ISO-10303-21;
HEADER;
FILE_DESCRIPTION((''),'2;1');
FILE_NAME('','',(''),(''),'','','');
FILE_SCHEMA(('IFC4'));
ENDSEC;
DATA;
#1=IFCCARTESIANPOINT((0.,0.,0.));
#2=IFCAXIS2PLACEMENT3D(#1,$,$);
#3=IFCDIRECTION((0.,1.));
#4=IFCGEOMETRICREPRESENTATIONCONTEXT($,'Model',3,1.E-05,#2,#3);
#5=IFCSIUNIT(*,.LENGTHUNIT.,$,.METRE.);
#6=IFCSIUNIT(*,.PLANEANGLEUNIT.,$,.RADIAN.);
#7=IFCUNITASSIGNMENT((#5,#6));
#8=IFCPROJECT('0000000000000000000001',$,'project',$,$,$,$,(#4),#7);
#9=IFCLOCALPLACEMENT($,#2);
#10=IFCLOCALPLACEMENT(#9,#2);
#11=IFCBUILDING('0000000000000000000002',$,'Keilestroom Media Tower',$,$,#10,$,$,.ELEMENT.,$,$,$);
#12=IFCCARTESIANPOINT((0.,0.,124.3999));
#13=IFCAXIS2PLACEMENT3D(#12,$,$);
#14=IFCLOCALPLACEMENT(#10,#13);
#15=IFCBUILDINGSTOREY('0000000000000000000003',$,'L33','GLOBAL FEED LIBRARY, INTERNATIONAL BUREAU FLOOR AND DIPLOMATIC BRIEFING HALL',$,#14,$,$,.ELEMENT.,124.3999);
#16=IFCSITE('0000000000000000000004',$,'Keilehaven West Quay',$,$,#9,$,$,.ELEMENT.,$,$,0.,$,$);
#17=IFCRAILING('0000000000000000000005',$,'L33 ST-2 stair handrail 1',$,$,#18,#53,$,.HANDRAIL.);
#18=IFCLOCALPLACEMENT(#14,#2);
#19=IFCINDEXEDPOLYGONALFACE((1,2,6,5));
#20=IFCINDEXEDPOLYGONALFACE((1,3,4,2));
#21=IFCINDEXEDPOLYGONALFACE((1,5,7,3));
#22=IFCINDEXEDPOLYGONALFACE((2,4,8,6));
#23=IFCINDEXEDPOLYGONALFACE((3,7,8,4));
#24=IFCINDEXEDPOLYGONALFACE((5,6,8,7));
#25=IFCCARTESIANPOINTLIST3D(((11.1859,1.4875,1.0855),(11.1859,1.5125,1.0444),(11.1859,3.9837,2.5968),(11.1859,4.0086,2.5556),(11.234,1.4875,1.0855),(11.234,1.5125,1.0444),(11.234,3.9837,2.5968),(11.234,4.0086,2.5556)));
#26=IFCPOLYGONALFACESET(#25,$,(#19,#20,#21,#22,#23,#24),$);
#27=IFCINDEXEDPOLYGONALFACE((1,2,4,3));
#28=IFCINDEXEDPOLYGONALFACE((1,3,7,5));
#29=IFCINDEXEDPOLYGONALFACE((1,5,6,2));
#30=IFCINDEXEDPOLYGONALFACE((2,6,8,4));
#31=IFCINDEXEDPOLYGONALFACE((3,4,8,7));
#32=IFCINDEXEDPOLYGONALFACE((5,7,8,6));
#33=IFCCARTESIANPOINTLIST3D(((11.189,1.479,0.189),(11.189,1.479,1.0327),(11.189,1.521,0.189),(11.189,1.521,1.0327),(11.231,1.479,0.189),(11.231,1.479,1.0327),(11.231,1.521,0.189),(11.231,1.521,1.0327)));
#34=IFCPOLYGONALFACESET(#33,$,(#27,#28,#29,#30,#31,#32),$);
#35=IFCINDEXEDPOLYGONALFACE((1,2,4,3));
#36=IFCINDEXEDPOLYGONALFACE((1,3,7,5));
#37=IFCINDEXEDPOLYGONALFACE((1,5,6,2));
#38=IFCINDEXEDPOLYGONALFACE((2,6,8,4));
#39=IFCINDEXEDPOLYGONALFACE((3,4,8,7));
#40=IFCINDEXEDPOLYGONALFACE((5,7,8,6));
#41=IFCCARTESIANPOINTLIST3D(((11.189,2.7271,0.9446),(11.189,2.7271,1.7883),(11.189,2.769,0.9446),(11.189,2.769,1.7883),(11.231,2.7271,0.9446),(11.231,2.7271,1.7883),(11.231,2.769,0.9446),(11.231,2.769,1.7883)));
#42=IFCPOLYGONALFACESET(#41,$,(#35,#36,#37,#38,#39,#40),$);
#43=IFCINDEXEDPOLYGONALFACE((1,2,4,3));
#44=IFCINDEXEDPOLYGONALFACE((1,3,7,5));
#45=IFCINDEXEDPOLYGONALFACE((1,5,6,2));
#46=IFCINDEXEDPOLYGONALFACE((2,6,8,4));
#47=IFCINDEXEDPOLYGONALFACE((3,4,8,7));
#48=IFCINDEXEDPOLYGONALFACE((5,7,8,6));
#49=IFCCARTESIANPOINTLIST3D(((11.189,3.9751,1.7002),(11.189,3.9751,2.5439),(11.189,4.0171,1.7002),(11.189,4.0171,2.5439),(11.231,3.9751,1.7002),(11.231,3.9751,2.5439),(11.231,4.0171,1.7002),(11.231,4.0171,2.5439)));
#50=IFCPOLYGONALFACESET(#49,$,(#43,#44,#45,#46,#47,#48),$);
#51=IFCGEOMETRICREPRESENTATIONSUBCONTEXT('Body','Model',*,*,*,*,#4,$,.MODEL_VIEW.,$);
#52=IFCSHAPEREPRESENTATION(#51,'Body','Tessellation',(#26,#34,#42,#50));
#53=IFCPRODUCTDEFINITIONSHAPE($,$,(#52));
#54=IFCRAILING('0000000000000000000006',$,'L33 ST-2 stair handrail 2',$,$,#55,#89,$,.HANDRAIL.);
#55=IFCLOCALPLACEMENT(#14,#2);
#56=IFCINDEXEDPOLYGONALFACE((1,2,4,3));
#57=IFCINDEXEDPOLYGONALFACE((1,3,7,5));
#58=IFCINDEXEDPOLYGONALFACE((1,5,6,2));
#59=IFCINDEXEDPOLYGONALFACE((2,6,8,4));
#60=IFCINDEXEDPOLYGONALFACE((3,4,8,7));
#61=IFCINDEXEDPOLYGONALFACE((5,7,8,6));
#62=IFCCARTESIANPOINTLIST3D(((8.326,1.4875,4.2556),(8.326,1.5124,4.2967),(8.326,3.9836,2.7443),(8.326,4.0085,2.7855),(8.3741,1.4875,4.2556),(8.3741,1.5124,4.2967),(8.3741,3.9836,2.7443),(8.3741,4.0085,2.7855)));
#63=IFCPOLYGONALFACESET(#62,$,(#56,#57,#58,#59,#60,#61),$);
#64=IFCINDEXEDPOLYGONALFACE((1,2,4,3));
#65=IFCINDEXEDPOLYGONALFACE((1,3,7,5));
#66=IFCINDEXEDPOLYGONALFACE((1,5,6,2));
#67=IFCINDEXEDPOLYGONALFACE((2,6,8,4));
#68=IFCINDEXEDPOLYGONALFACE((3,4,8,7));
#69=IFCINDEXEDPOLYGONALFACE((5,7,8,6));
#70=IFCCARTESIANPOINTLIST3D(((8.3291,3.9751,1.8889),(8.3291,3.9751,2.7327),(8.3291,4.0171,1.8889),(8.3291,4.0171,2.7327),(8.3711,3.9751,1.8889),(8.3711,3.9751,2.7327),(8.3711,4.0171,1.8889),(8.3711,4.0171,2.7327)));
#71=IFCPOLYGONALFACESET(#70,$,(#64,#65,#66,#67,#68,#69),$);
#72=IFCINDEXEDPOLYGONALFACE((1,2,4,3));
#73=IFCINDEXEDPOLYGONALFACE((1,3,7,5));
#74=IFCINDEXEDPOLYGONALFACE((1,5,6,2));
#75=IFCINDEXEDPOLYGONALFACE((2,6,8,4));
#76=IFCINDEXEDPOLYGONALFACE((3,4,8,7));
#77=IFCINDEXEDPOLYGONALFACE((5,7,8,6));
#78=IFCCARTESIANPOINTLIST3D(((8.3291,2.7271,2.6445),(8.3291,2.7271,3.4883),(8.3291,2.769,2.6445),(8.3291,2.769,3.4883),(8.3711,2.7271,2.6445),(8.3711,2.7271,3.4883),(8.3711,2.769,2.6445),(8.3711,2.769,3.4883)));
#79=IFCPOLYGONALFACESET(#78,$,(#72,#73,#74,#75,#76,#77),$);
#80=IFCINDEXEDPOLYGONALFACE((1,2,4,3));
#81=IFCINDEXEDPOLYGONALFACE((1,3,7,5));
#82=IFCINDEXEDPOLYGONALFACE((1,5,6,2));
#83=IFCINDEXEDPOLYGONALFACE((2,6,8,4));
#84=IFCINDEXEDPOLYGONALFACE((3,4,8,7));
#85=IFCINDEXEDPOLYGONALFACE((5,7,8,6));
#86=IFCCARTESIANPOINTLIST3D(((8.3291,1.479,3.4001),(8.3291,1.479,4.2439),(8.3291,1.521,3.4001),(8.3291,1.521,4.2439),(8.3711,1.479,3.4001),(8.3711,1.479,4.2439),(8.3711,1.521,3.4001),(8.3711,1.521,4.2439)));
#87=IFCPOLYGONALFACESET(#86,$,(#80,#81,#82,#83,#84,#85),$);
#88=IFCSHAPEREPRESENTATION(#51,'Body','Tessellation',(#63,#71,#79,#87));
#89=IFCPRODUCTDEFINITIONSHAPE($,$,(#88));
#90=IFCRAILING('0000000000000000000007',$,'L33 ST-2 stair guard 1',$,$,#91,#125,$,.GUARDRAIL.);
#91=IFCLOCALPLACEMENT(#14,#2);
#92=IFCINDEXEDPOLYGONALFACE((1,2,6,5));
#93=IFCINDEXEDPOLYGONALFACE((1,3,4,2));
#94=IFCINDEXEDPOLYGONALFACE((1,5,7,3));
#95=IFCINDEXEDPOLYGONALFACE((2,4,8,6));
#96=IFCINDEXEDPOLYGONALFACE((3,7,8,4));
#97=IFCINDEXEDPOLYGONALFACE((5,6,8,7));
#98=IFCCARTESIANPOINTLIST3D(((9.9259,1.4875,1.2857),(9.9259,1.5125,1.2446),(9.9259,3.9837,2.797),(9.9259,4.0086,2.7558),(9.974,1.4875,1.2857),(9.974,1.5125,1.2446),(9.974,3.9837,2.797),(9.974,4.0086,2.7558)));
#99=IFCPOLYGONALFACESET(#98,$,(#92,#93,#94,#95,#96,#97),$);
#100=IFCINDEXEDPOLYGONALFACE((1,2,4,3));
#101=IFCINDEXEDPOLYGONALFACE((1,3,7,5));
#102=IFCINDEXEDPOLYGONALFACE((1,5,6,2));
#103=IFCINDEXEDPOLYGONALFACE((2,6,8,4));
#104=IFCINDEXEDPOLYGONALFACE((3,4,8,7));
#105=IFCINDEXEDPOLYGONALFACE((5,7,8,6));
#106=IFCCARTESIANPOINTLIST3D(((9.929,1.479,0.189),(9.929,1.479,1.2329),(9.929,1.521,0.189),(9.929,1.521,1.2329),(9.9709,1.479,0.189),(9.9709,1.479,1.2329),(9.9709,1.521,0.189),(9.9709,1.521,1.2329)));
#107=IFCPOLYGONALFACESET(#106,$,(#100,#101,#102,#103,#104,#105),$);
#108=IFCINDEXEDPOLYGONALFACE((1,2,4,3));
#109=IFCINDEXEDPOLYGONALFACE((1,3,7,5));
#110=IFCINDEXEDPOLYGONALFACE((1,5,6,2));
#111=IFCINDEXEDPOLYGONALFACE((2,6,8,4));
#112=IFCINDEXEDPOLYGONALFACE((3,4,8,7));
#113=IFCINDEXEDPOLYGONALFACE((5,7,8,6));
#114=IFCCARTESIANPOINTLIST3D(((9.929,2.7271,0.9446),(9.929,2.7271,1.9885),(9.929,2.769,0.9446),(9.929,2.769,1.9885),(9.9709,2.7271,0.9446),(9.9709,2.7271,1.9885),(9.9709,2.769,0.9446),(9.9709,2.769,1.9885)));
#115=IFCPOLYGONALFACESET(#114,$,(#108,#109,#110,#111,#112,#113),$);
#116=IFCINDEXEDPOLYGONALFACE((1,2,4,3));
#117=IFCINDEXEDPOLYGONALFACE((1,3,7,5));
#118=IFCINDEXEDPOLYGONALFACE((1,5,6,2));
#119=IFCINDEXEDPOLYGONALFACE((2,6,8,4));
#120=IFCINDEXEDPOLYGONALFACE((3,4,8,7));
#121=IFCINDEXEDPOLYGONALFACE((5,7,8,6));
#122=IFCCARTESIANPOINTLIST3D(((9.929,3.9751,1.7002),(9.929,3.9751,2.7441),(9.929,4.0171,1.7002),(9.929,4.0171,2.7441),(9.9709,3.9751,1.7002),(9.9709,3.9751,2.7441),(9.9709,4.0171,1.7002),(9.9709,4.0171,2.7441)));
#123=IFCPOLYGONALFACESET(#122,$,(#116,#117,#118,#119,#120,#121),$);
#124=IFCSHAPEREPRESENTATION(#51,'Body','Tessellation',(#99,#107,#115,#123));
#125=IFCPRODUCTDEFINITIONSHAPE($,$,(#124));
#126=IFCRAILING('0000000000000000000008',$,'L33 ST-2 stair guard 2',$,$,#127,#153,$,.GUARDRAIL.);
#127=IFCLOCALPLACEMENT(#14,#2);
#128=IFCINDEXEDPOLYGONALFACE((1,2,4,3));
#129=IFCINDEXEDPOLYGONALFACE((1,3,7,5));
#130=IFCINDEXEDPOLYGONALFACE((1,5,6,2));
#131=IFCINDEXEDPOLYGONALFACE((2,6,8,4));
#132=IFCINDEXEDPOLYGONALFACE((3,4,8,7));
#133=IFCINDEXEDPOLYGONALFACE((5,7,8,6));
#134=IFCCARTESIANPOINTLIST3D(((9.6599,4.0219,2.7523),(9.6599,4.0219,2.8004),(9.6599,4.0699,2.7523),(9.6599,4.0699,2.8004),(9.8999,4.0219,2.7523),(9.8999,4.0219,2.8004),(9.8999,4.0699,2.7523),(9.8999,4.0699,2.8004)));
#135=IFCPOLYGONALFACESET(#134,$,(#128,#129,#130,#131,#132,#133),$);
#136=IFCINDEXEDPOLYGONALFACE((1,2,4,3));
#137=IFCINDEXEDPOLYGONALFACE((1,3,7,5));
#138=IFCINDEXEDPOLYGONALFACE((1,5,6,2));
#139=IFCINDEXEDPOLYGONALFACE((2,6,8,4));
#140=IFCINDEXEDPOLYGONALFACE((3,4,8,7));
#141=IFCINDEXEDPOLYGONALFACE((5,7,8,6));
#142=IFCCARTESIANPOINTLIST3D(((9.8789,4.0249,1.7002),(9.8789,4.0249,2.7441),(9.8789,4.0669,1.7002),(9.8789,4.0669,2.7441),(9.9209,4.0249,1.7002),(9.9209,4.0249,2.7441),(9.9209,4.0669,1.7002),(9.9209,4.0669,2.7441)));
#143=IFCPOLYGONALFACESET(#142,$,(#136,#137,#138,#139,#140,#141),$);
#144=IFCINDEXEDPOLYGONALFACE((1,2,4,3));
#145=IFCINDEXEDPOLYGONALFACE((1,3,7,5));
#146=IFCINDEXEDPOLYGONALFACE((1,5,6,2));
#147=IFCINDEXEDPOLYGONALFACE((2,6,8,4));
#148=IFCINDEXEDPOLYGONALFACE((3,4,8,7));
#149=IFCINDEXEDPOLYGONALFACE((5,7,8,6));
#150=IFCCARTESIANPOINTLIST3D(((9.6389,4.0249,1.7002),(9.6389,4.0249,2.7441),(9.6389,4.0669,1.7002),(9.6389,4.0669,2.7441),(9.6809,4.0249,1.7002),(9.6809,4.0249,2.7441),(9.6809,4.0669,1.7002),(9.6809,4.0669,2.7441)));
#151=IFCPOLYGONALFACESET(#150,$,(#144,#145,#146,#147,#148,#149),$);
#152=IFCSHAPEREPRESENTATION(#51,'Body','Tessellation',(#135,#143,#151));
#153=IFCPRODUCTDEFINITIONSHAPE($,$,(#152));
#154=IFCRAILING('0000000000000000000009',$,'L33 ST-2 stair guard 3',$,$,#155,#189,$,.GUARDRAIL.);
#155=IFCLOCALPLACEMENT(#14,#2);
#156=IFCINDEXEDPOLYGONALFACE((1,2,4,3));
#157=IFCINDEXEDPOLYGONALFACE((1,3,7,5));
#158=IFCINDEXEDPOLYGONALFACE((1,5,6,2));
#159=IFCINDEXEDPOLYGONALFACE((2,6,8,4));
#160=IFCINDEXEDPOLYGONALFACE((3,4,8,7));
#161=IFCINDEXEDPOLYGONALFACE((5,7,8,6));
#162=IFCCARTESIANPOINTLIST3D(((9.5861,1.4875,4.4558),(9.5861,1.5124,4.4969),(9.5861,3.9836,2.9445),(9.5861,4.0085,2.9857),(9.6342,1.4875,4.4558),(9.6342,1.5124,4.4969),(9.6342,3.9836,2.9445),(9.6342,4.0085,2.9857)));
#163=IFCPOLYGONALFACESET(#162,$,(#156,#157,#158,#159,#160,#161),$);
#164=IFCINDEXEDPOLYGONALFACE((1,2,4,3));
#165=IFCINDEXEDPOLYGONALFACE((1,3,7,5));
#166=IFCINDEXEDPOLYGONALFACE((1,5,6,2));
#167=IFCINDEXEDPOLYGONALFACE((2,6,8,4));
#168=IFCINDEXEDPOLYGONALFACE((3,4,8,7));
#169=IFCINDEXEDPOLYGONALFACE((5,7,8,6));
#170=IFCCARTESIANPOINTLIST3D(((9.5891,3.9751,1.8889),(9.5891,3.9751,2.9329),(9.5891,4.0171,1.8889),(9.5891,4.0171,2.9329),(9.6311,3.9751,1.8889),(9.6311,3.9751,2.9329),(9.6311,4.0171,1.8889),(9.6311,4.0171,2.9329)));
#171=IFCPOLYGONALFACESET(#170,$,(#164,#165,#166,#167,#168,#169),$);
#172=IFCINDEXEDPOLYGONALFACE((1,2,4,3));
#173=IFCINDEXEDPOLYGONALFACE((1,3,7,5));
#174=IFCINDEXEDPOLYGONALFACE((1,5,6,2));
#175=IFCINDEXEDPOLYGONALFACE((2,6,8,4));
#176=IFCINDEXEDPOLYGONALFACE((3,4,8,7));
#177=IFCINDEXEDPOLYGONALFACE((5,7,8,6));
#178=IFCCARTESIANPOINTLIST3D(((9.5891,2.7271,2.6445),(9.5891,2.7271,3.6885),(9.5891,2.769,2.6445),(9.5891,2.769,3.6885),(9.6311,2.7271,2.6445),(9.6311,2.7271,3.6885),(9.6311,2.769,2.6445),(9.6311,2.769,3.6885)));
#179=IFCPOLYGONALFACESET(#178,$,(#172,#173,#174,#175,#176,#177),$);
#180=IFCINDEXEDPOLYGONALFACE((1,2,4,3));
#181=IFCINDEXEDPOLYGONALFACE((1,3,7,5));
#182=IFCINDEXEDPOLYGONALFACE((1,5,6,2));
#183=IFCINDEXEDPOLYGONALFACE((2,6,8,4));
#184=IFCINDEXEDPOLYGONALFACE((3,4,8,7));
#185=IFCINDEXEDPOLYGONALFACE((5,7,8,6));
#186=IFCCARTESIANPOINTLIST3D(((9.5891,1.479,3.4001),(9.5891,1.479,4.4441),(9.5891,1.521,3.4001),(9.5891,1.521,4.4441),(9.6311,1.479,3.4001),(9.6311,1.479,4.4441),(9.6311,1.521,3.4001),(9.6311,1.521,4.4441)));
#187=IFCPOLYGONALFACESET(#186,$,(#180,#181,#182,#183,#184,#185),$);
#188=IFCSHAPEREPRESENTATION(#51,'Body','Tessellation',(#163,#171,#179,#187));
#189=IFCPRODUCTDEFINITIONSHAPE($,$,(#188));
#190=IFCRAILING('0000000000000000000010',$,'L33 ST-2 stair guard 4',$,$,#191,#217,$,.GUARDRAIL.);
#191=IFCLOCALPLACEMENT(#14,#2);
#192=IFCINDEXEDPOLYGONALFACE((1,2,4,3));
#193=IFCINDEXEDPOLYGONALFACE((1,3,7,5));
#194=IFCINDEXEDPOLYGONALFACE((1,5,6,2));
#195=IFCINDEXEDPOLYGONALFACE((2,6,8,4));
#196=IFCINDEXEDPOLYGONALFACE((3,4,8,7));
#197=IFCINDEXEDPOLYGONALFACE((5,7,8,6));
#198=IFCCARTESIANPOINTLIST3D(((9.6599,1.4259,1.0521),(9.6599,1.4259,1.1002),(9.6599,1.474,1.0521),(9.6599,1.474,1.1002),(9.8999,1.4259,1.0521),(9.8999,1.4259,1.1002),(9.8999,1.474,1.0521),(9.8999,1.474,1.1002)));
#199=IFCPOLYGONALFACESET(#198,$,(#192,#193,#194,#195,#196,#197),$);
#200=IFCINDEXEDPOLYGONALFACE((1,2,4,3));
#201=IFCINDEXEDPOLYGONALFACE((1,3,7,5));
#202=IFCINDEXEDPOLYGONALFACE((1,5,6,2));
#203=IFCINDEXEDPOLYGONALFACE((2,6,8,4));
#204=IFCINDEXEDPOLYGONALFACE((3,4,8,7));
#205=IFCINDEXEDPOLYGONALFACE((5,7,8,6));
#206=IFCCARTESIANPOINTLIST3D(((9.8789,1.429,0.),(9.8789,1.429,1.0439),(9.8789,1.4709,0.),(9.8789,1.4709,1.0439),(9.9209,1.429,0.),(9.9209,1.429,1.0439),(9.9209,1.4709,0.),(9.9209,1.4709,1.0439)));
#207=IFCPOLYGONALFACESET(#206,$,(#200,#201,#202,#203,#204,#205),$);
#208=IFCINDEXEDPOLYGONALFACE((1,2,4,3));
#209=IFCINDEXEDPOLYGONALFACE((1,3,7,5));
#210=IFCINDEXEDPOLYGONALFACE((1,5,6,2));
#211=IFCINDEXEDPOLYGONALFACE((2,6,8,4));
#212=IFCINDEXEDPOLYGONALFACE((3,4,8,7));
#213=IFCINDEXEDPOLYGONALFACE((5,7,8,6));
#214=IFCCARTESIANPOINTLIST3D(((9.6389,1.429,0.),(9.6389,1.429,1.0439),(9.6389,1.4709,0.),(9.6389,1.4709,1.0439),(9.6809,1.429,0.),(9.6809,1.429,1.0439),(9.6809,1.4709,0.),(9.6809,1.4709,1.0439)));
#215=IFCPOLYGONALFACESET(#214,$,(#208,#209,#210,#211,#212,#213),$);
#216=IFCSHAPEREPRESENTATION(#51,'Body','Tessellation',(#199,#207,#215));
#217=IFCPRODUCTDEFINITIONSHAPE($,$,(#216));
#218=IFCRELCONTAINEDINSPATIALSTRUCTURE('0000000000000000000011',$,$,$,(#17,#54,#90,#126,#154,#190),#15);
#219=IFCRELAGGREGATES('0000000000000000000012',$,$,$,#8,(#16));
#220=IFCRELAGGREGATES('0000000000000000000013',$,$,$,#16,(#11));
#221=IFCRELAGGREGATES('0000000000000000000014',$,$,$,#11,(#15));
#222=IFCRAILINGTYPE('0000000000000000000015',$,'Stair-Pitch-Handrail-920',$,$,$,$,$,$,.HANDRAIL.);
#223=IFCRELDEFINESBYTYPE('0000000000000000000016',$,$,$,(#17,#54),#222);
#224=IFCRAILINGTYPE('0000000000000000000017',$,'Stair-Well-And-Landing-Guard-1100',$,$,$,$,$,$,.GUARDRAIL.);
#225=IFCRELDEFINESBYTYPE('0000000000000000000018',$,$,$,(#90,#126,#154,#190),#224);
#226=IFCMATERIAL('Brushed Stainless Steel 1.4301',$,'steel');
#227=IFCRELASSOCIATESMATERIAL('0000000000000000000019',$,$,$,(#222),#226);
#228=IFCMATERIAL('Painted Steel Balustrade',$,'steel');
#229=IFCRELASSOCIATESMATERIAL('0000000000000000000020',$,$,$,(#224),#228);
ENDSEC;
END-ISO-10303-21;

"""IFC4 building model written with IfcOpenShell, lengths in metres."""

from ifc_helpers import new_model, si_unit, direction, frame, origin, origin_2d, place, context, subcontext, project, spatial, rectangle, extrude, material, type_object, element, save


model = new_model("IFC4")

# Units and contexts
model_context = context("Model", 3, precision=1e-05, world=origin(), true_north=direction((0.0, 1.0)))
body_context = subcontext(model_context, "Body", "Model", "MODEL_VIEW")
ifc_project = project(units=[si_unit("LENGTHUNIT", "METRE"), si_unit("PLANEANGLEUNIT", "RADIAN")], contexts=[model_context])

# Site, building, storey
site_placement = place(None, origin())
site = spatial("IfcSite", under=ifc_project, at=site_placement, Name="Keilehaven West Quay", CompositionType="ELEMENT", RefElevation=0.0)
building_placement = place(site_placement, origin())
building = spatial("IfcBuilding", under=site, at=building_placement, Name="Keilestroom Media Tower", CompositionType="ELEMENT")
storey_placement = place(building_placement, frame((0.0, 0.0, 124.3999)))
storey = spatial("IfcBuildingStorey", under=building, at=storey_placement, Name="L33", Description="GLOBAL FEED LIBRARY, INTERNATIONAL BUREAU FLOOR AND DIPLOMATIC BRIEFING HALL", CompositionType="ELEMENT", Elevation=124.3999)

# Railings
ifc_material_1 = material(Name="Brushed Stainless Steel 1.4301", Category="steel")
railing_type_1 = type_object("IfcRailingType", Name="Stair-Pitch-Handrail-920", PredefinedType="HANDRAIL", material=ifc_material_1)
railing_1_placement = place(storey_placement, frame((11.21, 1.5, 0.189)))
element("IfcRailing", 1, at=railing_1_placement, inside=storey, type_object=railing_type_1, Name="L33 ST-2 stair handrail 1", PredefinedType="HANDRAIL", context=body_context, shape_type="SweptSolid", body=[
    extrude(rectangle(XDim=0.0481, YDim=0.0481, at=origin_2d()), frame((0.0, 0.0, 0.876), z_axis=(0.0, 0.855434, 0.517912), x_axis=(-1.0, 0.0, 0.0)), (0.0, 0.0, 1.0), 2.918),
    extrude(rectangle(XDim=0.042, YDim=0.042, at=origin_2d()), origin(), (0.0, 0.0, 1.0), 0.8438),
    extrude(rectangle(XDim=0.042, YDim=0.042, at=origin_2d()), frame((0.0, 1.248, 0.7556)), (0.0, 0.0, 1.0), 0.8438),
    extrude(rectangle(XDim=0.042, YDim=0.042, at=origin_2d()), frame((0.0, 2.4961, 1.5112)), (0.0, 0.0, 1.0), 0.8438),
])
railing_2_placement = place(storey_placement, frame((8.3501, 3.9961, 1.8889)))
element("IfcRailing", 2, at=railing_2_placement, inside=storey, type_object=railing_type_1, Name="L33 ST-2 stair handrail 2", PredefinedType="HANDRAIL", context=body_context, shape_type="SweptSolid", body=[
    extrude(rectangle(XDim=0.0481, YDim=0.0481, at=origin_2d()), frame((0.0, 0.0, 0.876), z_axis=(0.0, -0.855434, 0.517912), x_axis=(1.0, 0.0, 0.0)), (0.0, 0.0, 1.0), 2.918),
    extrude(rectangle(XDim=0.042, YDim=0.042, at=origin_2d()), origin(), (0.0, 0.0, 1.0), 0.8438),
    extrude(rectangle(XDim=0.042, YDim=0.042, at=origin_2d()), frame((0.0, -1.248, 0.7556)), (0.0, 0.0, 1.0), 0.8438),
    extrude(rectangle(XDim=0.042, YDim=0.042, at=origin_2d()), frame((0.0, -2.4961, 1.5112)), (0.0, 0.0, 1.0), 0.8438),
])
ifc_material_2 = material(Name="Painted Steel Balustrade", Category="steel")
railing_type_2 = type_object("IfcRailingType", Name="Stair-Well-And-Landing-Guard-1100", PredefinedType="GUARDRAIL", material=ifc_material_2)
railing_3_placement = place(storey_placement, frame((9.95, 1.5, 0.189)))
element("IfcRailing", 3, at=railing_3_placement, inside=storey, type_object=railing_type_2, Name="L33 ST-2 stair guard 1", PredefinedType="GUARDRAIL", context=body_context, shape_type="SweptSolid", body=[
    extrude(rectangle(XDim=0.0481, YDim=0.0481, at=origin_2d()), frame((0.0, 0.0, 1.0762), z_axis=(0.0, 0.855434, 0.517912), x_axis=(-1.0, 0.0, 0.0)), (0.0, 0.0, 1.0), 2.918),
    extrude(rectangle(XDim=0.042, YDim=0.042, at=origin_2d()), origin(), (0.0, 0.0, 1.0), 1.0439),
    extrude(rectangle(XDim=0.042, YDim=0.042, at=origin_2d()), frame((0.0, 1.248, 0.7556)), (0.0, 0.0, 1.0), 1.0439),
    extrude(rectangle(XDim=0.042, YDim=0.042, at=origin_2d()), frame((0.0, 2.4961, 1.5112)), (0.0, 0.0, 1.0), 1.0439),
])
railing_4_placement = place(storey_placement, frame((9.8999, 4.0459, 1.7002)))
element("IfcRailing", 4, at=railing_4_placement, inside=storey, type_object=railing_type_2, Name="L33 ST-2 stair guard 2", PredefinedType="GUARDRAIL", context=body_context, shape_type="SweptSolid", body=[
    extrude(rectangle(XDim=0.0481, YDim=0.0481, at=origin_2d()), frame((0.0, 0.0, 1.0762), z_axis=(-1.0, 0.0, 0.0), x_axis=(0.0, -1.0, 0.0)), (0.0, 0.0, 1.0), 0.24),
    extrude(rectangle(XDim=0.042, YDim=0.042, at=origin_2d()), origin(), (0.0, 0.0, 1.0), 1.0439),
    extrude(rectangle(XDim=0.042, YDim=0.042, at=origin_2d()), frame((-0.24, 0.0, 0.0)), (0.0, 0.0, 1.0), 1.0439),
])
railing_5_placement = place(storey_placement, frame((9.6101, 3.9961, 1.8889)))
element("IfcRailing", 5, at=railing_5_placement, inside=storey, type_object=railing_type_2, Name="L33 ST-2 stair guard 3", PredefinedType="GUARDRAIL", context=body_context, shape_type="SweptSolid", body=[
    extrude(rectangle(XDim=0.0481, YDim=0.0481, at=origin_2d()), frame((0.0, 0.0, 1.0762), z_axis=(0.0, -0.855434, 0.517912), x_axis=(1.0, 0.0, 0.0)), (0.0, 0.0, 1.0), 2.918),
    extrude(rectangle(XDim=0.042, YDim=0.042, at=origin_2d()), origin(), (0.0, 0.0, 1.0), 1.0439),
    extrude(rectangle(XDim=0.042, YDim=0.042, at=origin_2d()), frame((0.0, -1.248, 0.7556)), (0.0, 0.0, 1.0), 1.0439),
    extrude(rectangle(XDim=0.042, YDim=0.042, at=origin_2d()), frame((0.0, -2.4961, 1.5112)), (0.0, 0.0, 1.0), 1.0439),
])
railing_6_placement = place(storey_placement, frame((9.8999, 1.45, 0.0)))
element("IfcRailing", 6, at=railing_6_placement, inside=storey, type_object=railing_type_2, Name="L33 ST-2 stair guard 4", PredefinedType="GUARDRAIL", context=body_context, shape_type="SweptSolid", body=[
    extrude(rectangle(XDim=0.0481, YDim=0.0481, at=origin_2d()), frame((0.0, 0.0, 1.0762), z_axis=(-1.0, 0.0, 0.0), x_axis=(0.0, -1.0, 0.0)), (0.0, 0.0, 1.0), 0.24),
    extrude(rectangle(XDim=0.042, YDim=0.042, at=origin_2d()), origin(), (0.0, 0.0, 1.0), 1.0439),
    extrude(rectangle(XDim=0.042, YDim=0.042, at=origin_2d()), frame((-0.24, 0.0, 0.0)), (0.0, 0.0, 1.0), 1.0439),
])

save(model, "model.ifc")
